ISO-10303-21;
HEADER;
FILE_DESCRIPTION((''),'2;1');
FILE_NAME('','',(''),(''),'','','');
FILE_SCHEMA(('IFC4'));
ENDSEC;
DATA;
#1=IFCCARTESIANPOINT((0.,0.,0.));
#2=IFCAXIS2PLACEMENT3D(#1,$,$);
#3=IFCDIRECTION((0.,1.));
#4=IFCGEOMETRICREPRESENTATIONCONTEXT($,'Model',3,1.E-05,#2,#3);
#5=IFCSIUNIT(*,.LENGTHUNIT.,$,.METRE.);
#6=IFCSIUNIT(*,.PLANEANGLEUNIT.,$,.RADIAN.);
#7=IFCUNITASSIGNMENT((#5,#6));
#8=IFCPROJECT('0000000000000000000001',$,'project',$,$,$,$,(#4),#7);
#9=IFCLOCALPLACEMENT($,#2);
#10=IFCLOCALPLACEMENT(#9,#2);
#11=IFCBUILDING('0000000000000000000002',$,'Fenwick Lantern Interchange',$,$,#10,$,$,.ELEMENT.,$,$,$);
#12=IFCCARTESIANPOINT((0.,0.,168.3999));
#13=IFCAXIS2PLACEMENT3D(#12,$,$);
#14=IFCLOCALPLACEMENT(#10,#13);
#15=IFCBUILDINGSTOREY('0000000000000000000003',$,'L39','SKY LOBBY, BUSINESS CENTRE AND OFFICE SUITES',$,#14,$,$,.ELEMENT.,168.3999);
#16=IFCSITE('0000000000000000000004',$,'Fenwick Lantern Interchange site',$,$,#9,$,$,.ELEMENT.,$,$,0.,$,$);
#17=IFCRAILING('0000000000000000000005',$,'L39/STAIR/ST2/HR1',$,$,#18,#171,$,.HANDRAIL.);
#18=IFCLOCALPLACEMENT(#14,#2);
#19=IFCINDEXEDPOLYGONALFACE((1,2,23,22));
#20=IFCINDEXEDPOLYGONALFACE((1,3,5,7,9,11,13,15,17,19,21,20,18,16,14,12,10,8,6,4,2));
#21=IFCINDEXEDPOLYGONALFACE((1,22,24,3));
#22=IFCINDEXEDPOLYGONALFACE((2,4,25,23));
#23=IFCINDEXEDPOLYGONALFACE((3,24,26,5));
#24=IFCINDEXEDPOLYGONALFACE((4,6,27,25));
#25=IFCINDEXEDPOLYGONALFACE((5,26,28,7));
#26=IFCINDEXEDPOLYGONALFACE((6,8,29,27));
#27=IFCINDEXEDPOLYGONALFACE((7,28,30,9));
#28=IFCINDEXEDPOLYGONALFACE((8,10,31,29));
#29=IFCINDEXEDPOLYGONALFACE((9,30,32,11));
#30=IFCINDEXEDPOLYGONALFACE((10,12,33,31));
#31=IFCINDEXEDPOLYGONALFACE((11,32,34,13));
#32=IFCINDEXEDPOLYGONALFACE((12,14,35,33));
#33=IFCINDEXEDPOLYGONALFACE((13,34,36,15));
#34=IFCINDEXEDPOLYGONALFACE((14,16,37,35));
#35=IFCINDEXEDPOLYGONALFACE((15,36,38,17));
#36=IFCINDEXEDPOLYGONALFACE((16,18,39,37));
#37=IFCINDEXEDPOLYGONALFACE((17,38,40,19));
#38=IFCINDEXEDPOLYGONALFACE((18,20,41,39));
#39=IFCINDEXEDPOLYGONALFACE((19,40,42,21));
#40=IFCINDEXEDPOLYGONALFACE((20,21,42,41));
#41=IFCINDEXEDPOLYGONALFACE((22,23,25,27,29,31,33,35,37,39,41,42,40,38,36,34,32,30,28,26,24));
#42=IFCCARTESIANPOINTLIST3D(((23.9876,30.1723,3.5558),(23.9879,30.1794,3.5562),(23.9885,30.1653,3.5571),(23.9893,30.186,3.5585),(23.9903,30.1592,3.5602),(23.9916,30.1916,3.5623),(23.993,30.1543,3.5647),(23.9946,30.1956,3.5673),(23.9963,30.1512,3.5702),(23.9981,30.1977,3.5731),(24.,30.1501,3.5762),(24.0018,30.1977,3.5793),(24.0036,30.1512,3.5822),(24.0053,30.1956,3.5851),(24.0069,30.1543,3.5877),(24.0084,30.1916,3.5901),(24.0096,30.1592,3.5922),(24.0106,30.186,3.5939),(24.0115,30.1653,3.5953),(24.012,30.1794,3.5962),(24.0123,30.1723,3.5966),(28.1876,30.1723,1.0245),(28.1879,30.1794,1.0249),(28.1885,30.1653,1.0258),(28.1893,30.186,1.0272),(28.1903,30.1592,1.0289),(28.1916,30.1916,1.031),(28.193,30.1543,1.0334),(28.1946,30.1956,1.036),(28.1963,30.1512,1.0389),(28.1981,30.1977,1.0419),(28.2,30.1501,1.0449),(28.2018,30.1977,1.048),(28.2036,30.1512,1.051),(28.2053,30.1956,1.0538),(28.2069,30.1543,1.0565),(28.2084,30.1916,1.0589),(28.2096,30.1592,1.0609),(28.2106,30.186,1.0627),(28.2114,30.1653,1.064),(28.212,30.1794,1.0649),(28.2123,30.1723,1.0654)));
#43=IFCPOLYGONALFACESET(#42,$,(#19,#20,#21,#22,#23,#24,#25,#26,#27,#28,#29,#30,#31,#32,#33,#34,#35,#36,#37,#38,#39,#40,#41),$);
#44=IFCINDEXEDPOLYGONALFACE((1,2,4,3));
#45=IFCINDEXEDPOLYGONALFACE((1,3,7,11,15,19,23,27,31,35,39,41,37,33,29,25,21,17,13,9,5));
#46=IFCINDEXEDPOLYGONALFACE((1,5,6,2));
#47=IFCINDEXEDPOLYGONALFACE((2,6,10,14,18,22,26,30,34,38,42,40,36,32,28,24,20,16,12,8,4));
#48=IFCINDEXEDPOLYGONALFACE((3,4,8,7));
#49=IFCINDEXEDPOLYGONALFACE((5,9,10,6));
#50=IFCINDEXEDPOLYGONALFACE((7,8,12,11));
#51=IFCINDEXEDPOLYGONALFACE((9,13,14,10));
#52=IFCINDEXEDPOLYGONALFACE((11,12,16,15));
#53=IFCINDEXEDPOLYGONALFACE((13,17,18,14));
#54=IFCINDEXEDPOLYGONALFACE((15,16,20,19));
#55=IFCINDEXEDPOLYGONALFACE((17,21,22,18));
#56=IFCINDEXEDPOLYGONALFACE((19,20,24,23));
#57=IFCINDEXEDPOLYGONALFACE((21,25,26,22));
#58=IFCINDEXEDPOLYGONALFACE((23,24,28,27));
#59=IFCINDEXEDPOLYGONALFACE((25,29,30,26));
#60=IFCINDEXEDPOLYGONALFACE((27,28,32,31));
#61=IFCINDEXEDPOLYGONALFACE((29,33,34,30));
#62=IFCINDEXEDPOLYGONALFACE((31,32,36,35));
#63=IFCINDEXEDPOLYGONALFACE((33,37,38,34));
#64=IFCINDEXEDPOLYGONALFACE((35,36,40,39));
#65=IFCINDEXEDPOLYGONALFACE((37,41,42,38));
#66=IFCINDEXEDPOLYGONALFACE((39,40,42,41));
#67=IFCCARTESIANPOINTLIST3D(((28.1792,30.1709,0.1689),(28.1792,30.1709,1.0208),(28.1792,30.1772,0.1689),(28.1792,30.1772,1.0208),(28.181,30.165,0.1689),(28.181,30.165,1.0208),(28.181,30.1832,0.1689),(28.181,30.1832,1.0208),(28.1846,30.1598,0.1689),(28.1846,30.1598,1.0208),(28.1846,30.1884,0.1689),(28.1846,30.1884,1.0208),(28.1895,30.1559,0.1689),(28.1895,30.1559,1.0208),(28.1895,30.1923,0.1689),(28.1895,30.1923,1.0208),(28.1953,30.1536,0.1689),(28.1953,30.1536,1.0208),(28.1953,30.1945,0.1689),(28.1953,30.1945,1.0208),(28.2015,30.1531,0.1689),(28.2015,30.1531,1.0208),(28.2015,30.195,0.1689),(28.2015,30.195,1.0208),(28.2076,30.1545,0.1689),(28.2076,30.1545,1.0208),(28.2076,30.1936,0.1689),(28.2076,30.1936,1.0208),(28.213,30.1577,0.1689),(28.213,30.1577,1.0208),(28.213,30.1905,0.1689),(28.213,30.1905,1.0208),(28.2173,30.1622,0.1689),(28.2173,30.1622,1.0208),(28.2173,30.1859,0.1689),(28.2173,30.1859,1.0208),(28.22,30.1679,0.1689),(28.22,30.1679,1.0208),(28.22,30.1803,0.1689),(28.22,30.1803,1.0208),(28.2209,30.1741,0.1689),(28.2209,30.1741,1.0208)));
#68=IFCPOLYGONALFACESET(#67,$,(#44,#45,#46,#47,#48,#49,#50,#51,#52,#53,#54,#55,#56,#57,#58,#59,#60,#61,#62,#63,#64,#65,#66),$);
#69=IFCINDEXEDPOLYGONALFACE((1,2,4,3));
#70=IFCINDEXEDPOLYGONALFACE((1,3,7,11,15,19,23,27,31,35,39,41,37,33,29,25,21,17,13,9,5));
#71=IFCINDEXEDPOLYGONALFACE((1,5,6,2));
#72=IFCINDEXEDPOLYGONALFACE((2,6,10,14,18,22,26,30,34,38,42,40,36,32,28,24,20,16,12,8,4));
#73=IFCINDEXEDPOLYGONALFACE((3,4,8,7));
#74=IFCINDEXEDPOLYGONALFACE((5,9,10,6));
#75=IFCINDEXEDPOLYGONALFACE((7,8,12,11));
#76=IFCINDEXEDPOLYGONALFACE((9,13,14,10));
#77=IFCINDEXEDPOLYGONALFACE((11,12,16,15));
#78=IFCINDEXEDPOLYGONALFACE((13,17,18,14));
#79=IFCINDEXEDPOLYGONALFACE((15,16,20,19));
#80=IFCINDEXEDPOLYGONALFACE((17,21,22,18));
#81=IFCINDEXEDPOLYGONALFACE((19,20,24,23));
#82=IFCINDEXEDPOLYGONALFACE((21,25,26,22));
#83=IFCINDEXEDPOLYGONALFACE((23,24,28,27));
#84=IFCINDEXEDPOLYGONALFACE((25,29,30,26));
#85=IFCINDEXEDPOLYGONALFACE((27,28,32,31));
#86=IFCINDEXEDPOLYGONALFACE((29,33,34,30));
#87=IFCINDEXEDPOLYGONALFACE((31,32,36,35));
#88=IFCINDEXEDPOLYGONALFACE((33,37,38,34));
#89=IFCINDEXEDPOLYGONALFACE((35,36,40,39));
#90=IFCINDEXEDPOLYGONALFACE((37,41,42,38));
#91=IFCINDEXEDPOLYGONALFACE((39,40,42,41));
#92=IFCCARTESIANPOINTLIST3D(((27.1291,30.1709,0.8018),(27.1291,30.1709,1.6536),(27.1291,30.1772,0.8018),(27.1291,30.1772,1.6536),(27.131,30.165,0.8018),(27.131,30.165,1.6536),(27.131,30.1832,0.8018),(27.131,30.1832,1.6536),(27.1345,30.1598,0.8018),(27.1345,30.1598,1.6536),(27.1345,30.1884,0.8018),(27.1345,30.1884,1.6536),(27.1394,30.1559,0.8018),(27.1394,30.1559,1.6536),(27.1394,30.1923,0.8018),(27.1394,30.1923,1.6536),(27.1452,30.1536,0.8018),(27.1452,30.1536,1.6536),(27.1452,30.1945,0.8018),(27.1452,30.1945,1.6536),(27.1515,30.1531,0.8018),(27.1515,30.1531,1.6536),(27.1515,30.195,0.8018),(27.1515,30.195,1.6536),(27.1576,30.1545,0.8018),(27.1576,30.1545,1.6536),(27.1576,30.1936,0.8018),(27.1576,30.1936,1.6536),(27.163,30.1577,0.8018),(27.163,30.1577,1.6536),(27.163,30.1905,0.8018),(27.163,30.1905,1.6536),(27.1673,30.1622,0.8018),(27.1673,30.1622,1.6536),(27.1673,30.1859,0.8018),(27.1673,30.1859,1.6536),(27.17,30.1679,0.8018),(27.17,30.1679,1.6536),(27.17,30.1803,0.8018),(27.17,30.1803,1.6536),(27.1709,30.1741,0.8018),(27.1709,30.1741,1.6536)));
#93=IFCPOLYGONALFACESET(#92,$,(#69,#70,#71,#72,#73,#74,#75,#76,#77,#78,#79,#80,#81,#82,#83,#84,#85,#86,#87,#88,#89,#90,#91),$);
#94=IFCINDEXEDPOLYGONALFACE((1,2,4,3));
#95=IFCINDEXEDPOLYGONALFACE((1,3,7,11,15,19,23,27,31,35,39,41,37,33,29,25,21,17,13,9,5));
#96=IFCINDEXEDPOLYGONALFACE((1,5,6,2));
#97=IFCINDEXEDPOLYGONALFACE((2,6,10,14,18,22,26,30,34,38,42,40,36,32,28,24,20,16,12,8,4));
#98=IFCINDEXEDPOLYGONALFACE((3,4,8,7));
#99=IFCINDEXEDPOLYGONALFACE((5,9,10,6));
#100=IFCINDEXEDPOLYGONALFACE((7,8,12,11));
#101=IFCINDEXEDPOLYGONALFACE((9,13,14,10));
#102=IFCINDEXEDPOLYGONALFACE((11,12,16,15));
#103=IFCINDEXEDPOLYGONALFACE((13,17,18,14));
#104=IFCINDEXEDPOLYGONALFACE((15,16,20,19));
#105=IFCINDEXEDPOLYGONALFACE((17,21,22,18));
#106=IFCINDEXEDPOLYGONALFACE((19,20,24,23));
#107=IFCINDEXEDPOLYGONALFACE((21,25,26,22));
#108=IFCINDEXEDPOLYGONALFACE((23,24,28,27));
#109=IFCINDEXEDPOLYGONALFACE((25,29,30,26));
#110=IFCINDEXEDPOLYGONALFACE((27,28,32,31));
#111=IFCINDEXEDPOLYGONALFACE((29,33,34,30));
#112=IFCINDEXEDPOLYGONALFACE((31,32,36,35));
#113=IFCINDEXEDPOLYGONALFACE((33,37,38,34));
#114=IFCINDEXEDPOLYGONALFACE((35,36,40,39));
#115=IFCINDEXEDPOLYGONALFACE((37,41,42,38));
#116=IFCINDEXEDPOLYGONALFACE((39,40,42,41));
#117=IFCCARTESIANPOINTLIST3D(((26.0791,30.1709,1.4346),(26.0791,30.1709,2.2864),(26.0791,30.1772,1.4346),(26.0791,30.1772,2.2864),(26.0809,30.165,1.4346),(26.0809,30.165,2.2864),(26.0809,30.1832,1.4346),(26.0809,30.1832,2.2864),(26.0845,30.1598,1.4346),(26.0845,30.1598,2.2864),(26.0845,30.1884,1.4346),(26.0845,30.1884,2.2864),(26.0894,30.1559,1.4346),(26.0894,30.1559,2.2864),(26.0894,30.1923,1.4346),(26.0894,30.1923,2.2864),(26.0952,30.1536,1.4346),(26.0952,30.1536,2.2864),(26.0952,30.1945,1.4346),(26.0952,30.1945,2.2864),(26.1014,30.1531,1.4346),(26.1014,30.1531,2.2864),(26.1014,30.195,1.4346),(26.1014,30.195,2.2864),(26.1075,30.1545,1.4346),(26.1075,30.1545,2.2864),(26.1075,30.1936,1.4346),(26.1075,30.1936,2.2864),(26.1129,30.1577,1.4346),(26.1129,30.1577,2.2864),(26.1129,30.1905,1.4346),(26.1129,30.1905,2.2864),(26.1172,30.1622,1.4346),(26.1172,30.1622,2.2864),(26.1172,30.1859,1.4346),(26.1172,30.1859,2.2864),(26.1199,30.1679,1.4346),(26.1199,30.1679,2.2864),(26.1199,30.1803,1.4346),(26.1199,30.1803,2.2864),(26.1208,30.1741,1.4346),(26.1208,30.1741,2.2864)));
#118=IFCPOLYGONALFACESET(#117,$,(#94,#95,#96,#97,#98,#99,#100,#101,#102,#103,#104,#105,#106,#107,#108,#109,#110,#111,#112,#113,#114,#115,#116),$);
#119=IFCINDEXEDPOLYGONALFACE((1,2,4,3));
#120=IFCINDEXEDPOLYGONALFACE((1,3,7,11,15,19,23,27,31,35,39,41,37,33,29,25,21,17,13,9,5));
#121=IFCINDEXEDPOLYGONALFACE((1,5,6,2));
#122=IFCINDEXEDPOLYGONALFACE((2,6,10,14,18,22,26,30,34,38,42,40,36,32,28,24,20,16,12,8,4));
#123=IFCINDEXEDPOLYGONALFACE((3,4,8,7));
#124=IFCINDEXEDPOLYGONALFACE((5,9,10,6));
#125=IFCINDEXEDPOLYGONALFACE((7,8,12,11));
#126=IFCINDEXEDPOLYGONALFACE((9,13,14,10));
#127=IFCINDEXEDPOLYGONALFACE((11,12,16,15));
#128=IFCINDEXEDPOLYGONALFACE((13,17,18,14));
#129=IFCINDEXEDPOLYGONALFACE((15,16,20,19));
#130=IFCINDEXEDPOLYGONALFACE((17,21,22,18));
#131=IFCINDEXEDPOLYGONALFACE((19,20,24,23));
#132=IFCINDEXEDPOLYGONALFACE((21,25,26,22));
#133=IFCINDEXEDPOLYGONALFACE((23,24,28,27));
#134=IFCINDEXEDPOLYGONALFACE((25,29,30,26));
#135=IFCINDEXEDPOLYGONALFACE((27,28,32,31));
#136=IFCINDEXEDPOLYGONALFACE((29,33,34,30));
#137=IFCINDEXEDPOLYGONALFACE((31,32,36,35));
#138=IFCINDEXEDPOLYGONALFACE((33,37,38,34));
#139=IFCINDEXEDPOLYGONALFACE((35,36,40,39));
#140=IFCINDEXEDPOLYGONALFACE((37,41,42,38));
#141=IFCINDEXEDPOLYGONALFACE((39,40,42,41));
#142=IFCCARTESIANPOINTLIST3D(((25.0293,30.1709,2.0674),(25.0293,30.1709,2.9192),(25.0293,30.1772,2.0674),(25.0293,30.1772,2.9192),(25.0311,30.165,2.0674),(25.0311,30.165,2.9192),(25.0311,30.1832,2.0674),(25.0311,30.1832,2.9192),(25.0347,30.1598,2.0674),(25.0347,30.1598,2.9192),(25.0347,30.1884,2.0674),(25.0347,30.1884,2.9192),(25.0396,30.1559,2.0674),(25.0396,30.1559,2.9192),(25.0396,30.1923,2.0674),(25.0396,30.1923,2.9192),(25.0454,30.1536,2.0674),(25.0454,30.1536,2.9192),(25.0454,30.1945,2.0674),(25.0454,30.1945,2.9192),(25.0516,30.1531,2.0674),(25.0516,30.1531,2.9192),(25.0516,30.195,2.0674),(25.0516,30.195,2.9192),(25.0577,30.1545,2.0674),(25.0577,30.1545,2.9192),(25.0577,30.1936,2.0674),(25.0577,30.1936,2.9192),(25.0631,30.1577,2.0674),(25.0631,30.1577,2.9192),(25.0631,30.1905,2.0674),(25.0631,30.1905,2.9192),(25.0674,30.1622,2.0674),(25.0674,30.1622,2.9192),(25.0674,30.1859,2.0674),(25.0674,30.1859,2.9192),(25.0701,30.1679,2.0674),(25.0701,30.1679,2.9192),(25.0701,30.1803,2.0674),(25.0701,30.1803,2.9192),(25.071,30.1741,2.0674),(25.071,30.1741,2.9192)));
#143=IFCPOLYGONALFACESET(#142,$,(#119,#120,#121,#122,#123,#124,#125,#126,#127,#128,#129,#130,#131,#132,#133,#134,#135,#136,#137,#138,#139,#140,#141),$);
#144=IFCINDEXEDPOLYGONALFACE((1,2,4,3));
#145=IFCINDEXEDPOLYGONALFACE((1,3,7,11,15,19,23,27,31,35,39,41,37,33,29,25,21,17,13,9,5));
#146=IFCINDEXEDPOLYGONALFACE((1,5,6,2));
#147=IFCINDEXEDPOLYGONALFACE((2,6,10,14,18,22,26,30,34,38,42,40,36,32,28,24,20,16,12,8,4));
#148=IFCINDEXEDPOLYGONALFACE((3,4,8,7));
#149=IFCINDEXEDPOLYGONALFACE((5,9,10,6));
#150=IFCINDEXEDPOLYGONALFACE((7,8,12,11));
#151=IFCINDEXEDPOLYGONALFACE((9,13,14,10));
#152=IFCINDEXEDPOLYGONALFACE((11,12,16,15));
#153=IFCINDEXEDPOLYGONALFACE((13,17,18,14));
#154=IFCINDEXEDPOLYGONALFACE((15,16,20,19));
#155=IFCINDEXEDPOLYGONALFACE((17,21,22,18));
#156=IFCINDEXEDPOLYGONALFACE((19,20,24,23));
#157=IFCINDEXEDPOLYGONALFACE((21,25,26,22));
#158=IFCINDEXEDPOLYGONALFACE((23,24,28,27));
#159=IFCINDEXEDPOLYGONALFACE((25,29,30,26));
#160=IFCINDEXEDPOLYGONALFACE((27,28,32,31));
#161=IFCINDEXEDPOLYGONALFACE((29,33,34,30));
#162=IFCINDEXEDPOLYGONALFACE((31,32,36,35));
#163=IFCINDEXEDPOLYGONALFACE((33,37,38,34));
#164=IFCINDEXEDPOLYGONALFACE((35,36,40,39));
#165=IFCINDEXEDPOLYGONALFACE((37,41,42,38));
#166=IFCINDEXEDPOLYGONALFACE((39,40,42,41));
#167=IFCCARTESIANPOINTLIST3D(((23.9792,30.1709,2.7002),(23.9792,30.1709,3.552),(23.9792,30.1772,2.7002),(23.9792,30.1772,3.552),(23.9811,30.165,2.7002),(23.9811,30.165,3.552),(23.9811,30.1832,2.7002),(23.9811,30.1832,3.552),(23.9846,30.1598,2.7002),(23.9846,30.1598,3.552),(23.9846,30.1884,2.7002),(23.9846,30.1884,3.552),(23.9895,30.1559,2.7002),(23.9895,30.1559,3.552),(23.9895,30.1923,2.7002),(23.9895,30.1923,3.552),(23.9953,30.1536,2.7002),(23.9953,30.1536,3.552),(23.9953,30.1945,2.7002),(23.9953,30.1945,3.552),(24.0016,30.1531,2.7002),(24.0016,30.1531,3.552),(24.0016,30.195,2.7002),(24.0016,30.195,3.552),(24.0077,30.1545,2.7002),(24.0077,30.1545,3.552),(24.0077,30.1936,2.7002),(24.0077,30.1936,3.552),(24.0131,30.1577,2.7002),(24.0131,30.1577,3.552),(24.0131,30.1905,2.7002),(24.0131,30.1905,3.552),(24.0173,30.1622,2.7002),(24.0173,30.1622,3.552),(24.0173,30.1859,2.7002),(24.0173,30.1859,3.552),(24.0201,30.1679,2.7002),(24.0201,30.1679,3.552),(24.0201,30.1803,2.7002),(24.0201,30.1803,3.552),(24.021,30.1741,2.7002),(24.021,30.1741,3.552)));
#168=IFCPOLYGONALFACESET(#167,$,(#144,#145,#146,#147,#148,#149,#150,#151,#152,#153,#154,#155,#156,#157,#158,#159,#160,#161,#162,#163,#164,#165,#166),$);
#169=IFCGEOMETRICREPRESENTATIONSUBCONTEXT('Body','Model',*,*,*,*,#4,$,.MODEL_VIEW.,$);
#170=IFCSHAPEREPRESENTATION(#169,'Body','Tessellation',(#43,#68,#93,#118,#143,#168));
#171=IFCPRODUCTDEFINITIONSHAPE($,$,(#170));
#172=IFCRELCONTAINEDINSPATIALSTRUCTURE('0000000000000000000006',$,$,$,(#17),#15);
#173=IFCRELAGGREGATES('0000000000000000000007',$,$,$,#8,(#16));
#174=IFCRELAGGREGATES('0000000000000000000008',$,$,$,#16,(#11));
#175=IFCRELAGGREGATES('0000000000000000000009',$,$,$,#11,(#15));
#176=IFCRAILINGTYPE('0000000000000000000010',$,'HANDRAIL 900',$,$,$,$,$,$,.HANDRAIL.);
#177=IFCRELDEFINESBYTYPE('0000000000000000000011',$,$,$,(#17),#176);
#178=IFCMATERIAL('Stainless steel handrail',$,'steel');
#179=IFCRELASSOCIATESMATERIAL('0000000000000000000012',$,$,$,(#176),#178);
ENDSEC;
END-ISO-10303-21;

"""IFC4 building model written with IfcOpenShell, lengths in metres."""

from ifc_helpers import new_model, si_unit, direction, frame, origin, origin_2d, place, context, subcontext, project, spatial, circle, extrude, material, type_object, element, save


model = new_model("IFC4")

# Units and contexts
model_context = context("Model", 3, precision=1e-05, world=origin(), true_north=direction((0.0, 1.0)))
body_context = subcontext(model_context, "Body", "Model", "MODEL_VIEW")
ifc_project = project(units=[si_unit("LENGTHUNIT", "METRE"), si_unit("PLANEANGLEUNIT", "RADIAN")], contexts=[model_context])

# Site, building, storey
site_placement = place(None, origin())
site = spatial("IfcSite", under=ifc_project, at=site_placement, Name="Fenwick Lantern Interchange site", CompositionType="ELEMENT", RefElevation=0.0)
building_placement = place(site_placement, origin())
building = spatial("IfcBuilding", under=site, at=building_placement, Name="Fenwick Lantern Interchange", CompositionType="ELEMENT")
storey_placement = place(building_placement, frame((0.0, 0.0, 168.3999)))
storey = spatial("IfcBuildingStorey", under=building, at=storey_placement, Name="L39", Description="SKY LOBBY, BUSINESS CENTRE AND OFFICE SUITES", CompositionType="ELEMENT", Elevation=168.3999)

# Railing
ifc_material_1 = material(Name="Stainless steel handrail", Category="steel")
railing_type = type_object("IfcRailingType", Name="HANDRAIL 900", PredefinedType="HANDRAIL", material=ifc_material_1)
railing_1_placement = place(storey_placement, frame((28.2, 30.1741, 0.1689)))
element("IfcRailing", 1, at=railing_1_placement, inside=storey, type_object=railing_type, Name="L39/STAIR/ST2/HR1", PredefinedType="HANDRAIL", context=body_context, shape_type="SweptSolid", body=[
    extrude(circle(Radius=0.0239, at=origin_2d()), frame((0.0, 0.0, 0.876), z_axis=(-0.856476, 0.0, 0.516186), x_axis=(0.0, -1.0, 0.0)), (0.0, 0.0, 1.0), 4.9038),
    extrude(circle(Radius=0.021, at=origin_2d()), origin(), (0.0, 0.0, 1.0), 0.8518),
    extrude(circle(Radius=0.021, at=origin_2d()), frame((-1.05, 0.0, 0.6328)), (0.0, 0.0, 1.0), 0.8518),
    extrude(circle(Radius=0.021, at=origin_2d()), frame((-2.1001, 0.0, 1.2656)), (0.0, 0.0, 1.0), 0.8518),
    extrude(circle(Radius=0.021, at=origin_2d()), frame((-3.1499, 0.0, 1.8984)), (0.0, 0.0, 1.0), 0.8518),
    extrude(circle(Radius=0.021, at=origin_2d()), frame((-4.2, 0.0, 2.5312)), (0.0, 0.0, 1.0), 0.8518),
])

save(model, "model.ifc")
